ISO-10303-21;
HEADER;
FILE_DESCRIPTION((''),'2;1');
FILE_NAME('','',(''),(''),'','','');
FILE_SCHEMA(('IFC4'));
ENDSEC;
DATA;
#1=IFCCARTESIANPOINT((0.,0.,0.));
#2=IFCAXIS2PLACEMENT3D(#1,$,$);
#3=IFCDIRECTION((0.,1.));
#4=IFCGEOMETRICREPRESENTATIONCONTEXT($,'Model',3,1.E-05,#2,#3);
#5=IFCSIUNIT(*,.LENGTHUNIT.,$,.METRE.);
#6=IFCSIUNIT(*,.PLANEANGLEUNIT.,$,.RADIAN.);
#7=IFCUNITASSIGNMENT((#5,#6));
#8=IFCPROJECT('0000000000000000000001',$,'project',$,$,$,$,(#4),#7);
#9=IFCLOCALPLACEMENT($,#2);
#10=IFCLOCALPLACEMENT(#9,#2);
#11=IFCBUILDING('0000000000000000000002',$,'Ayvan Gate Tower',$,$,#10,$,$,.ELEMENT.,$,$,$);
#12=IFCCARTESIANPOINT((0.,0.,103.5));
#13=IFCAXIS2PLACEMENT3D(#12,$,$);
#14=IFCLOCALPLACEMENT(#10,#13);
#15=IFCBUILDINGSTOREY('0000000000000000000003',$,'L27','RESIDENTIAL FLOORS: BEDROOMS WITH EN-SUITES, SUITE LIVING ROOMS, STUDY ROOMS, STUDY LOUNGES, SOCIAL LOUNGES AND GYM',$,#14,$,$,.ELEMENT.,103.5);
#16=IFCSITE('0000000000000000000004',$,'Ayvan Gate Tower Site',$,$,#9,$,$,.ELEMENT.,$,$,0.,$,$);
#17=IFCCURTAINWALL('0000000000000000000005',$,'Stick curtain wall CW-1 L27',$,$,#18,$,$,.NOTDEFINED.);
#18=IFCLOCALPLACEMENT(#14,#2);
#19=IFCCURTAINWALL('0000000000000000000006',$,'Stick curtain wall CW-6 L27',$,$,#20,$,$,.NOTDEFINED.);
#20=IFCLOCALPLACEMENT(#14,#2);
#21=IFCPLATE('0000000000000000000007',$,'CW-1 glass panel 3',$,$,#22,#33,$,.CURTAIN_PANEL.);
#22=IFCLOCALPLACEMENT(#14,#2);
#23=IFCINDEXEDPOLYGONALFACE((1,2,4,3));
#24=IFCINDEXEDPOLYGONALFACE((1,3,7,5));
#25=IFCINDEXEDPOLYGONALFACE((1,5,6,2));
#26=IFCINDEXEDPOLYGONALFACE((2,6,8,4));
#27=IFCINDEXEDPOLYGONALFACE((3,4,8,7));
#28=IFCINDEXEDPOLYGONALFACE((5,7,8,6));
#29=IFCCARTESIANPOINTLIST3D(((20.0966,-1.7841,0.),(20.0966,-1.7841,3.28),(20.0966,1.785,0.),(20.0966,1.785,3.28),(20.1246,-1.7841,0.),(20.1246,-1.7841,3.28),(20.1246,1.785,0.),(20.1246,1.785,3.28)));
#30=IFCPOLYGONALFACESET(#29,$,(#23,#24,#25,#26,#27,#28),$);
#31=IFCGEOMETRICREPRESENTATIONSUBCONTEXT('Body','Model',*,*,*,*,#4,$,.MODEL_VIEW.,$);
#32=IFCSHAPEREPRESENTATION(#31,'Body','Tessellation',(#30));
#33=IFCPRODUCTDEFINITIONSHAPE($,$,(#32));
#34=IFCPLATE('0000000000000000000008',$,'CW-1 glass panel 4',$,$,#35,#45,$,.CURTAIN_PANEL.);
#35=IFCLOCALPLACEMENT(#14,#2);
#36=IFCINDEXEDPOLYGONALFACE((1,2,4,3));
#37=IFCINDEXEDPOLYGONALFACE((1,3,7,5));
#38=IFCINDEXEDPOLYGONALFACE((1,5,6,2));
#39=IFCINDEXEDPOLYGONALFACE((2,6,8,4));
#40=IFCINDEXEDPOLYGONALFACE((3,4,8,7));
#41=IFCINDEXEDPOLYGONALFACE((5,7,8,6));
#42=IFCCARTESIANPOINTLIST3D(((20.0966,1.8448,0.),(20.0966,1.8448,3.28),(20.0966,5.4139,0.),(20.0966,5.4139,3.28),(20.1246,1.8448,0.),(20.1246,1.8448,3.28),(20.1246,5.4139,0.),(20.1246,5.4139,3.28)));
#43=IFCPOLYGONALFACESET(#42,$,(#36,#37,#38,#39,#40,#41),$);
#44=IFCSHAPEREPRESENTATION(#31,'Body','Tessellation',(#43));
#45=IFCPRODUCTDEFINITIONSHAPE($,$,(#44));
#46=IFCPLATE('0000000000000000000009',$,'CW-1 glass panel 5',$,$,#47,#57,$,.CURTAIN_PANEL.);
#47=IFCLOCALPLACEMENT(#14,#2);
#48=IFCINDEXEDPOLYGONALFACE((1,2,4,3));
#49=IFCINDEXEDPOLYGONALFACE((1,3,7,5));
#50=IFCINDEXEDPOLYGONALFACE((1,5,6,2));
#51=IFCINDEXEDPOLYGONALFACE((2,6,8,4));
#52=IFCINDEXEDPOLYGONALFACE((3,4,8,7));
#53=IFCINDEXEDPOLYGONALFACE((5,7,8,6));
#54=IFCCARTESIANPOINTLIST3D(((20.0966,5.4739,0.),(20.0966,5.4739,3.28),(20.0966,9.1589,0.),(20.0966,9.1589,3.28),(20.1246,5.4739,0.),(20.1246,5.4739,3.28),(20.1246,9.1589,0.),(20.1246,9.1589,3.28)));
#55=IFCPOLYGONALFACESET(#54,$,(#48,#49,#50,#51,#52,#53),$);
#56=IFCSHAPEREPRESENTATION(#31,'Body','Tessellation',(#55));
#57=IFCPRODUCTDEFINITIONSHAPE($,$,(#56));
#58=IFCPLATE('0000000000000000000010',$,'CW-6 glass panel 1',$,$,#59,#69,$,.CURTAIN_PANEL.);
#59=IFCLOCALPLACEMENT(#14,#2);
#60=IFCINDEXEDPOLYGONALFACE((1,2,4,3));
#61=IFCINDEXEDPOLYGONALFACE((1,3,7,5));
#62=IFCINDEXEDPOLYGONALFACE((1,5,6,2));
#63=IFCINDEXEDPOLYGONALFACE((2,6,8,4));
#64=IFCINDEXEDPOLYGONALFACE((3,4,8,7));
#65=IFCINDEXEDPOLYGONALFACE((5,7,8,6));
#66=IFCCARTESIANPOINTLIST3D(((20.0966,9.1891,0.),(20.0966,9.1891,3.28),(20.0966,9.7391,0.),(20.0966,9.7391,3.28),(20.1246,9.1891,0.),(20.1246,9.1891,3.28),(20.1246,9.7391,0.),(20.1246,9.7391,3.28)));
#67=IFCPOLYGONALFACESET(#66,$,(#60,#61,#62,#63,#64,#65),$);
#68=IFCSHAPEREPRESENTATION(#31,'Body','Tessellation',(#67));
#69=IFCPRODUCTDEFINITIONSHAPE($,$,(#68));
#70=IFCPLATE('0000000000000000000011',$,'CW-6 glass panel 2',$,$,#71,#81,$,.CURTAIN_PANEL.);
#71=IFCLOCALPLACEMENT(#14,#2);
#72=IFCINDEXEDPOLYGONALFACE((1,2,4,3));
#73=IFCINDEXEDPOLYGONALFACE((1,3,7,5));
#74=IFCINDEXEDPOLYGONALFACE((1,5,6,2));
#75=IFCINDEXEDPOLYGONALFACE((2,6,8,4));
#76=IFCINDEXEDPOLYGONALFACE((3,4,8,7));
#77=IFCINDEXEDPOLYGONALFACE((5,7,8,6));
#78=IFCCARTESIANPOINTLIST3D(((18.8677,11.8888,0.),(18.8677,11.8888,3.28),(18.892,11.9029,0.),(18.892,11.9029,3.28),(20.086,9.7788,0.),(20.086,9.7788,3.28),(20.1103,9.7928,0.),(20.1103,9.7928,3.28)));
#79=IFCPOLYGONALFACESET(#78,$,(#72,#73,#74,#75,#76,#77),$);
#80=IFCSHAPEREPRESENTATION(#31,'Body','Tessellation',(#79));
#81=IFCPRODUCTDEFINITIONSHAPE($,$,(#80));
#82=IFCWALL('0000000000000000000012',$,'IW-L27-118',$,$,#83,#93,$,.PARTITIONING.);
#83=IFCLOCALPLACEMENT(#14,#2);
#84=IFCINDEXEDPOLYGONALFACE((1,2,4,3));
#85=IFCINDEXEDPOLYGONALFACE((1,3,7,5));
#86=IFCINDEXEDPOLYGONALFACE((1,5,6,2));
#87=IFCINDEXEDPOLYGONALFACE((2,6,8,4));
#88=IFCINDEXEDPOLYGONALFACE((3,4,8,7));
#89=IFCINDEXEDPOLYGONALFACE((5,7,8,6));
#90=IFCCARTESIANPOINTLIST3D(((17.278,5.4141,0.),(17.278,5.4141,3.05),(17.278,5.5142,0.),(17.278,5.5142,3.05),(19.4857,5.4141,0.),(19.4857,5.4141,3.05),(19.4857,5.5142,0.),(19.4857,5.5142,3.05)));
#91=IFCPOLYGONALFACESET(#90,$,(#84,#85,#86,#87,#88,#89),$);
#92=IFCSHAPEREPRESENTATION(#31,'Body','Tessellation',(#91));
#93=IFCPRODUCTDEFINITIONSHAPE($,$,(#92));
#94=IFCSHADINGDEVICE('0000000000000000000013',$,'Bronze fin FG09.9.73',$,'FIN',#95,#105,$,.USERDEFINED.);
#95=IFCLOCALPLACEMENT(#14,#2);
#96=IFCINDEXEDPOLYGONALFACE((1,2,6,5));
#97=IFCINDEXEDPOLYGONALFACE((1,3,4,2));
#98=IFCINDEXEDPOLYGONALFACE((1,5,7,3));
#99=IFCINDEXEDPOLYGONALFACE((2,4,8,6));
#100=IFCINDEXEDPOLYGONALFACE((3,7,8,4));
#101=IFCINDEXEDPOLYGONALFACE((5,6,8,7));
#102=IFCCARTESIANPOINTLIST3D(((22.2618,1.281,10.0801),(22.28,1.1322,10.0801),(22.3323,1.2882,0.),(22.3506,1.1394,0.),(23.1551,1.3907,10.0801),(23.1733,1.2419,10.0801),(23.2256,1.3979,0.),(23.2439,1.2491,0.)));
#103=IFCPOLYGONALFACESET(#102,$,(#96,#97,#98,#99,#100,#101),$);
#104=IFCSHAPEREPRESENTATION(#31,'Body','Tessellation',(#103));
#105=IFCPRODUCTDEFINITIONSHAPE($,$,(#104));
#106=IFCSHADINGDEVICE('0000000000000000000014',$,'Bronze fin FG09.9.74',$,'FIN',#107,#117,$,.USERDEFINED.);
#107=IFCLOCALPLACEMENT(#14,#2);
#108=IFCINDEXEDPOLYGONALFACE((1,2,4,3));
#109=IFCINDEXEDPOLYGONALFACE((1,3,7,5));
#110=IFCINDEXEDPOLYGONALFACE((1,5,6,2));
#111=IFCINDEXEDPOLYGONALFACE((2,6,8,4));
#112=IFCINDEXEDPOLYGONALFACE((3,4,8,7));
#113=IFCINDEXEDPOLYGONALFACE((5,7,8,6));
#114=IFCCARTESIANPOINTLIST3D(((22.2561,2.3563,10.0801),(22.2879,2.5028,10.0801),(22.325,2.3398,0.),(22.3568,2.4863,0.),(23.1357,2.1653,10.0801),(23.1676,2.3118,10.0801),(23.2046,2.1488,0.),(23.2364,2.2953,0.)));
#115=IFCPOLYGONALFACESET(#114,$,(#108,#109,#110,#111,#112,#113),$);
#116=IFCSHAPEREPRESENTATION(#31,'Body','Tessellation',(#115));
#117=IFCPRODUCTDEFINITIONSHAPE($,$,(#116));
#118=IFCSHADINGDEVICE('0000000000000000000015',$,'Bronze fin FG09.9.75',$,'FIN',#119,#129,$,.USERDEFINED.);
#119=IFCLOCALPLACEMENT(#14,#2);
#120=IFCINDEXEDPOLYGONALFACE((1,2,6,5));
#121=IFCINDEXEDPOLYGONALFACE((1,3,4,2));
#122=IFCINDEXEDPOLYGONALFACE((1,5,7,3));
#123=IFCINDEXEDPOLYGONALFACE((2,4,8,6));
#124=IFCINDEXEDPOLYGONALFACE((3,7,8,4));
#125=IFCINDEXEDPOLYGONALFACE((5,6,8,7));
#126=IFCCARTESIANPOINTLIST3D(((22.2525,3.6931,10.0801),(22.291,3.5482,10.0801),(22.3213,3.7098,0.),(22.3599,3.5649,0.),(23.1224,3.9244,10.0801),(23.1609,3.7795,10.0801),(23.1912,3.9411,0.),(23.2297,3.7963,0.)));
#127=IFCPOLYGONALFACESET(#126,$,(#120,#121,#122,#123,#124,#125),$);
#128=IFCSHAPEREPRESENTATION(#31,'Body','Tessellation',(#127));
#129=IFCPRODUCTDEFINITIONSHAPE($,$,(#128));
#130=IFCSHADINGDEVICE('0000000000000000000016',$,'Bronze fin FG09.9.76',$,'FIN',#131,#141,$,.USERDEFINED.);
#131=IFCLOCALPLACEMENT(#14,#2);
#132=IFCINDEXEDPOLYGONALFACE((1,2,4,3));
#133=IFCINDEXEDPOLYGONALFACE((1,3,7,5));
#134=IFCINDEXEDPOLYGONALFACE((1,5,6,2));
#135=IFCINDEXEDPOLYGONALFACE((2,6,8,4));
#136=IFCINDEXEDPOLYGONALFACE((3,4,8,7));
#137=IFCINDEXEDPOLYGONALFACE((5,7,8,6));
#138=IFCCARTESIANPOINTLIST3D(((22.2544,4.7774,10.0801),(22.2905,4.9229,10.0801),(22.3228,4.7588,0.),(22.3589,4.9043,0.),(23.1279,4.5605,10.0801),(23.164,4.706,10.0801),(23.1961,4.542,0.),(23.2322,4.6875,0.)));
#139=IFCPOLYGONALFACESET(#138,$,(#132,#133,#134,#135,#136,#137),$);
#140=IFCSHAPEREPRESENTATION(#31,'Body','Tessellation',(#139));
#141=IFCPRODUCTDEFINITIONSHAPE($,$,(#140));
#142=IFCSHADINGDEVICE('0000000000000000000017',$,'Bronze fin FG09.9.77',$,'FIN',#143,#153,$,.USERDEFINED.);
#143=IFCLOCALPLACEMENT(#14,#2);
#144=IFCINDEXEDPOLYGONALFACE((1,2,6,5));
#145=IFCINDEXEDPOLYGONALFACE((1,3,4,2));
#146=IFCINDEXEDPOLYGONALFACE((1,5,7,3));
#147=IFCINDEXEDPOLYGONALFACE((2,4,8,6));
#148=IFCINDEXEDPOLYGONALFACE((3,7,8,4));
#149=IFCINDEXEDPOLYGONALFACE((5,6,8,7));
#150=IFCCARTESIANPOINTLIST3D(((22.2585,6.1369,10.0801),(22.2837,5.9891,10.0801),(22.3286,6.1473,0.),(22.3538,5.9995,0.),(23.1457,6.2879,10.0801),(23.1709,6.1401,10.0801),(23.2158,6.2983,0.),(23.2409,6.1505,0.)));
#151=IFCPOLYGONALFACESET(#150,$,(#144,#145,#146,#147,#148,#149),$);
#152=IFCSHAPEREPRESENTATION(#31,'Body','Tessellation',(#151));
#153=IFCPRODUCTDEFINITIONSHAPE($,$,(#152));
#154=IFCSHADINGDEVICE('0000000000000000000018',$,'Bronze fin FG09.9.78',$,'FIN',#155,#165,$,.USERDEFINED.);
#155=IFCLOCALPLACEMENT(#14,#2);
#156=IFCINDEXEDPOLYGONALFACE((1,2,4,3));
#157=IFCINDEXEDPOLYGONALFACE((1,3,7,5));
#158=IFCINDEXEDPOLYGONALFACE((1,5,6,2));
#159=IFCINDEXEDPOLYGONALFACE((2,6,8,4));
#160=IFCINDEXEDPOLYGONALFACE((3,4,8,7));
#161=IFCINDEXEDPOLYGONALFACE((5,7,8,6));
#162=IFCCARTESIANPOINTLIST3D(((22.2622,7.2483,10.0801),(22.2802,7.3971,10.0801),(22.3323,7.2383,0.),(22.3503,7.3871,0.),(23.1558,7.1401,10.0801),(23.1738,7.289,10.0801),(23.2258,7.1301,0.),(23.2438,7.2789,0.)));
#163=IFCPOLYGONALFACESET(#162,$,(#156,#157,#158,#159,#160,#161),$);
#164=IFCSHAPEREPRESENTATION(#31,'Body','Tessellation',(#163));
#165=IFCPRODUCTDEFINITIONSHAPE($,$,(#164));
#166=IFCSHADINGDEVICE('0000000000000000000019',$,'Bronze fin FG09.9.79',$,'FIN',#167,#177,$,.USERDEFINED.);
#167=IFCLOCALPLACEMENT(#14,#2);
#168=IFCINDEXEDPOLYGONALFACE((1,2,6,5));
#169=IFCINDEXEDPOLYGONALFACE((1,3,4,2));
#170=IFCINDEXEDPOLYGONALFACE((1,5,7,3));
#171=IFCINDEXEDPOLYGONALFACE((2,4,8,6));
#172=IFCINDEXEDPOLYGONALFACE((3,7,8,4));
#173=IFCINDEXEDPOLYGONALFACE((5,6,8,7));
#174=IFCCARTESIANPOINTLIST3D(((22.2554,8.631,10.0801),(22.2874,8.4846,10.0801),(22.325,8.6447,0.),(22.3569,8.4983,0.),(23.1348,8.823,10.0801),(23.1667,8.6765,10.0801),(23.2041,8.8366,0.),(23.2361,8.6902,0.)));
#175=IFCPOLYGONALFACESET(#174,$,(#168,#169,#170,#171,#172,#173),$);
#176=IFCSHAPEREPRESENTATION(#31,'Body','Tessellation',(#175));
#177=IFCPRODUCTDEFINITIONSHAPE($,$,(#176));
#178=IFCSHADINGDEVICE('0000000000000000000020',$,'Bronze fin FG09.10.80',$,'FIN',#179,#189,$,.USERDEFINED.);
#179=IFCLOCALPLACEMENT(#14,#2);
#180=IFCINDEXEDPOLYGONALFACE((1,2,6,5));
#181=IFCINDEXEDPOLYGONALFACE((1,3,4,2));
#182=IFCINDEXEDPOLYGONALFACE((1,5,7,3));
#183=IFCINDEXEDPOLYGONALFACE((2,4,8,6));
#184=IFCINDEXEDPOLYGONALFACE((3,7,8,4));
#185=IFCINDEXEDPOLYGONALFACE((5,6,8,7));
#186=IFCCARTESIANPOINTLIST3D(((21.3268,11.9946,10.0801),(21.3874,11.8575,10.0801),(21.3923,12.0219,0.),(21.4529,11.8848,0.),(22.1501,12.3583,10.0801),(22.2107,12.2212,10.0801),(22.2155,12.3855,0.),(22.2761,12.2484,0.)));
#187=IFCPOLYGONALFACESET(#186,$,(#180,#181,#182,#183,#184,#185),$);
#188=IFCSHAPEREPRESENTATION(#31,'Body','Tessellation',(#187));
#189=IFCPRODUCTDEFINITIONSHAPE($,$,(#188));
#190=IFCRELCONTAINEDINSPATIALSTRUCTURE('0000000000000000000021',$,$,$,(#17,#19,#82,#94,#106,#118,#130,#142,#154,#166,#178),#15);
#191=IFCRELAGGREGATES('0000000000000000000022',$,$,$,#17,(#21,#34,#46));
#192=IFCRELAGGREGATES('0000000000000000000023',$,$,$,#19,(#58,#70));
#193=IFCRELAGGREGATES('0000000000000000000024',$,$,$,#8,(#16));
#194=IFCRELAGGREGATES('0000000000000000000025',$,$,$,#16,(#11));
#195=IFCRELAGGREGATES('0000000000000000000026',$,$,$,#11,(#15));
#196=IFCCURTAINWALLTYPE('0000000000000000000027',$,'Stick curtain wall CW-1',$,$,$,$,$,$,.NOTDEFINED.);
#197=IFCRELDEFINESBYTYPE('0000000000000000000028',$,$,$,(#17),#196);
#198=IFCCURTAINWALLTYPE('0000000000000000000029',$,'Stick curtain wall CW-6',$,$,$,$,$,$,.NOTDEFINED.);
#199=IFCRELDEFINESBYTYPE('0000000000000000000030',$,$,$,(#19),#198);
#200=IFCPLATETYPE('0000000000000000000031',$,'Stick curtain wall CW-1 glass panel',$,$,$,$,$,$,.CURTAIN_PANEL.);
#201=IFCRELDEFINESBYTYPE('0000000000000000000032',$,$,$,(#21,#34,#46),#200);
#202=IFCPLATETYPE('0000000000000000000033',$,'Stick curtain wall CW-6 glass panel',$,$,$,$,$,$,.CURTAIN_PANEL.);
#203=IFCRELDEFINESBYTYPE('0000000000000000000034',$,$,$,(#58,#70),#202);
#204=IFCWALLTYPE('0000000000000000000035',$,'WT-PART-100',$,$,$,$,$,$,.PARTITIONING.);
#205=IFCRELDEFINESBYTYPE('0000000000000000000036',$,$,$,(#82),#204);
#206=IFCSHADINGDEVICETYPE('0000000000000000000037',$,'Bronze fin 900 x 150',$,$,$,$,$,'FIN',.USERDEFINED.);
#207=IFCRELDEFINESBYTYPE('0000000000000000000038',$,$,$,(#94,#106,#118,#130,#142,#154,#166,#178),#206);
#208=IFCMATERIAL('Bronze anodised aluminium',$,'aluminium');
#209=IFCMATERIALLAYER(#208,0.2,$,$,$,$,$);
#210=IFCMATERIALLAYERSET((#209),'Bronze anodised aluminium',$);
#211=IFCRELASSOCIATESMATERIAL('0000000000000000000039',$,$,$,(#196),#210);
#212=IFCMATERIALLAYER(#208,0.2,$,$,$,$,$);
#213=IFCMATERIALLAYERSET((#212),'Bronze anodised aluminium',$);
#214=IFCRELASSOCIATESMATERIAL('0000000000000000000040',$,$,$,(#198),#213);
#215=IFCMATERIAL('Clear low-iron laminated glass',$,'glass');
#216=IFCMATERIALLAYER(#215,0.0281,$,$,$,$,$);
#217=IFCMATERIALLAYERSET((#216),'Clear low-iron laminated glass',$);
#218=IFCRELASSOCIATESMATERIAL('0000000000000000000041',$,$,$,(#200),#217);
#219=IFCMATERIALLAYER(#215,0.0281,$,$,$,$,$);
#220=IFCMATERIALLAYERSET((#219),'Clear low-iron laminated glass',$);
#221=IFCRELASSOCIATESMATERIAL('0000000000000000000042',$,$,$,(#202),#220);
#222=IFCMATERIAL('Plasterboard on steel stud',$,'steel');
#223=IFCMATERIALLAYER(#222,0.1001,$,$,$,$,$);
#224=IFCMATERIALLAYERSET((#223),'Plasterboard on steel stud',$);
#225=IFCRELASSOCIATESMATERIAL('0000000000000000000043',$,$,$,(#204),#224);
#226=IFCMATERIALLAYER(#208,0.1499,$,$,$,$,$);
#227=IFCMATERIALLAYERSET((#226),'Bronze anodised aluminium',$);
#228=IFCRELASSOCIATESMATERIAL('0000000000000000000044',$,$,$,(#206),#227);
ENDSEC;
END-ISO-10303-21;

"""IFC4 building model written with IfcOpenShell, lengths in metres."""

from ifc_helpers import new_model, si_unit, direction, frame, frame_2d, origin, origin_2d, place, context, subcontext, project, spatial, polyline, rectangle, outline, extrude, material, layer, layer_set, type_object, element, aggregate, save


model = new_model("IFC4")

# Units and contexts
model_context = context("Model", 3, precision=1e-05, world=origin(), true_north=direction((0.0, 1.0)))
body_context = subcontext(model_context, "Body", "Model", "MODEL_VIEW")
ifc_project = project(units=[si_unit("LENGTHUNIT", "METRE"), si_unit("PLANEANGLEUNIT", "RADIAN")], contexts=[model_context])

# Site, building, storey
site_placement = place(None, origin())
site = spatial("IfcSite", under=ifc_project, at=site_placement, Name="Ayvan Gate Tower Site", CompositionType="ELEMENT", RefElevation=0.0)
building_placement = place(site_placement, origin())
building = spatial("IfcBuilding", under=site, at=building_placement, Name="Ayvan Gate Tower", CompositionType="ELEMENT")
storey_placement = place(building_placement, frame((0.0, 0.0, 103.5)))
storey = spatial("IfcBuildingStorey", under=building, at=storey_placement, Name="L27", Description="RESIDENTIAL FLOORS: BEDROOMS WITH EN-SUITES, SUITE LIVING ROOMS, STUDY ROOMS, STUDY LOUNGES, SOCIAL LOUNGES AND GYM", CompositionType="ELEMENT", Elevation=103.5)

# Curtain walls
ifc_material_1 = material(Name="Bronze anodised aluminium", Category="aluminium")
ifc_layer_1 = layer(ifc_material_1, 0.2)
ifc_layer_set_1 = layer_set([ifc_layer_1], Name="Bronze anodised aluminium")
curtain_wall_type_1 = type_object("IfcCurtainWallType", Name="Stick curtain wall CW-1", PredefinedType="NOTDEFINED", material=ifc_layer_set_1)
curtain_wall_1_placement = place(storey_placement, origin())
curtain_wall_1 = element("IfcCurtainWall", 1, at=curtain_wall_1_placement, inside=storey, type_object=curtain_wall_type_1, Name="Stick curtain wall CW-1 L27", PredefinedType="NOTDEFINED")
ifc_layer_2 = layer(ifc_material_1, 0.2)
ifc_layer_set_2 = layer_set([ifc_layer_2], Name="Bronze anodised aluminium")
curtain_wall_type_2 = type_object("IfcCurtainWallType", Name="Stick curtain wall CW-6", PredefinedType="NOTDEFINED", material=ifc_layer_set_2)
curtain_wall_2_placement = place(storey_placement, origin())
curtain_wall_2 = element("IfcCurtainWall", 2, at=curtain_wall_2_placement, inside=storey, type_object=curtain_wall_type_2, Name="Stick curtain wall CW-6 L27", PredefinedType="NOTDEFINED")

# Plates
ifc_material_2 = material(Name="Clear low-iron laminated glass", Category="glass")
ifc_layer_3 = layer(ifc_material_2, 0.0281)
ifc_layer_set_3 = layer_set([ifc_layer_3], Name="Clear low-iron laminated glass")
plate_type_1 = type_object("IfcPlateType", Name="Stick curtain wall CW-1 glass panel", PredefinedType="CURTAIN_PANEL", material=ifc_layer_set_3)
plate_1_placement = place(storey_placement, frame((20.1106, 0.0005, 0.0), z_axis=(0.0, 0.0, 1.0), x_axis=(0.0, 1.0, 0.0)))
plate_1 = element("IfcPlate", 3, at=plate_1_placement, type_object=plate_type_1, Name="CW-1 glass panel 3", PredefinedType="CURTAIN_PANEL", context=body_context, shape_type="SweptSolid", body=[
    extrude(rectangle(XDim=3.5691, YDim=0.0281, at=origin_2d()), origin(), (0.0, 0.0, 1.0), 3.28),
])
plate_2_placement = place(storey_placement, frame((20.1106, 3.6294, 0.0), z_axis=(0.0, 0.0, 1.0), x_axis=(0.0, 1.0, 0.0)))
plate_2 = element("IfcPlate", 4, at=plate_2_placement, type_object=plate_type_1, Name="CW-1 glass panel 4", PredefinedType="CURTAIN_PANEL", context=body_context, shape_type="SweptSolid", body=[
    extrude(rectangle(XDim=3.5691, YDim=0.0281, at=origin_2d()), origin(), (0.0, 0.0, 1.0), 3.28),
])
plate_3_placement = place(storey_placement, frame((20.1106, 7.3164, 0.0), z_axis=(0.0, 0.0, 1.0), x_axis=(0.0, 1.0, 0.0)))
plate_3 = element("IfcPlate", 5, at=plate_3_placement, type_object=plate_type_1, Name="CW-1 glass panel 5", PredefinedType="CURTAIN_PANEL", context=body_context, shape_type="SweptSolid", body=[
    extrude(rectangle(XDim=3.6851, YDim=0.0281, at=origin_2d()), origin(), (0.0, 0.0, 1.0), 3.28),
])
aggregate(curtain_wall_1, [plate_1, plate_2, plate_3])
ifc_layer_4 = layer(ifc_material_2, 0.0281)
ifc_layer_set_4 = layer_set([ifc_layer_4], Name="Clear low-iron laminated glass")
plate_type_2 = type_object("IfcPlateType", Name="Stick curtain wall CW-6 glass panel", PredefinedType="CURTAIN_PANEL", material=ifc_layer_set_4)
plate_4_placement = place(storey_placement, frame((20.1106, 9.4641, 0.0), z_axis=(0.0, 0.0, 1.0), x_axis=(0.0, 1.0, 0.0)))
plate_4 = element("IfcPlate", 6, at=plate_4_placement, type_object=plate_type_2, Name="CW-6 glass panel 1", PredefinedType="CURTAIN_PANEL", context=body_context, shape_type="SweptSolid", body=[
    extrude(rectangle(XDim=0.55, YDim=0.0281, at=origin_2d()), origin(), (0.0, 0.0, 1.0), 3.28),
])
plate_5_placement = place(storey_placement, frame((19.489, 10.8408, 0.0), z_axis=(0.0, 0.0, 1.0), x_axis=(-0.5, 0.866025, 0.0)))
plate_5 = element("IfcPlate", 7, at=plate_5_placement, type_object=plate_type_2, Name="CW-6 glass panel 2", PredefinedType="CURTAIN_PANEL", context=body_context, shape_type="SweptSolid", body=[
    extrude(rectangle(XDim=2.4365, YDim=0.0281, at=origin_2d()), origin(), (0.0, 0.0, 1.0), 3.28),
])
aggregate(curtain_wall_2, [plate_4, plate_5])

# Wall
ifc_material_3 = material(Name="Plasterboard on steel stud", Category="steel")
ifc_layer_5 = layer(ifc_material_3, 0.1001)
ifc_layer_set_5 = layer_set([ifc_layer_5], Name="Plasterboard on steel stud")
wall_type = type_object("IfcWallType", Name="WT-PART-100", PredefinedType="PARTITIONING", material=ifc_layer_set_5)
wall_placement = place(storey_placement, frame((17.2778, 5.4641, 0.0), z_axis=(0.0, 0.0, 1.0), x_axis=(1.0, 0.0, 0.0)))
element("IfcWall", 8, at=wall_placement, inside=storey, type_object=wall_type, Name="IW-L27-118", PredefinedType="PARTITIONING", context=body_context, shape_type="SweptSolid", body=[
    extrude(rectangle(XDim=2.2078, YDim=0.1001, at=frame_2d((1.104, 0.0))), origin(), (0.0, 0.0, 1.0), 3.05),
])

# Shading devices
ifc_layer_6 = layer(ifc_material_1, 0.1499)
ifc_layer_set_6 = layer_set([ifc_layer_6], Name="Bronze anodised aluminium")
shading_device_type = type_object("IfcShadingDeviceType", Name="Bronze fin 900 x 150", ElementType="FIN", PredefinedType="USERDEFINED", material=ifc_layer_set_6)
shading_device_1_placement = place(storey_placement, frame((22.3506, 1.1394, 0.0), z_axis=(0.121931, -0.992539, 0.000144), x_axis=(0.992539, 0.121931, 0.0)))
element("IfcShadingDevice", 9, at=shading_device_1_placement, inside=storey, type_object=shading_device_type, Name="Bronze fin FG09.9.73", ObjectType="FIN", PredefinedType="USERDEFINED", context=body_context, shape_type="SweptSolid", body=[
    extrude(outline(polyline([(0.0, 0.0), (0.9, 0.0), (0.8291, 10.0801), (-0.0709, 10.0801), (0.0, 0.0)])), origin(), (0.0, 0.0, -1.0), 0.1499),
])
shading_device_2_placement = place(storey_placement, frame((22.325, 2.3398, 0.0), z_axis=(-0.212233, -0.977219, 0.000148), x_axis=(0.977219, -0.212233, 0.0)))
element("IfcShadingDevice", 10, at=shading_device_2_placement, inside=storey, type_object=shading_device_type, Name="Bronze fin FG09.9.74", ObjectType="FIN", PredefinedType="USERDEFINED", context=body_context, shape_type="SweptSolid", body=[
    extrude(outline(polyline([(0.0, 0.0), (0.9001, 0.0), (0.8294, 10.0801), (-0.0708, 10.0801), (0.0, 0.0)])), origin(), (0.0, 0.0, -1.0), 0.1499),
])
shading_device_3_placement = place(storey_placement, frame((22.3599, 3.5649, 0.0), z_axis=(0.256996, -0.966413, 0.000152), x_axis=(0.966413, 0.256996, 0.0)))
element("IfcShadingDevice", 11, at=shading_device_3_placement, inside=storey, type_object=shading_device_type, Name="Bronze fin FG09.9.75", ObjectType="FIN", PredefinedType="USERDEFINED", context=body_context, shape_type="SweptSolid", body=[
    extrude(outline(polyline([(0.0, 0.0), (0.9001, 0.0), (0.8293, 10.0801), (-0.0709, 10.0801), (0.0, 0.0)])), origin(), (0.0, 0.0, -1.0), 0.1499),
])
shading_device_4_placement = place(storey_placement, frame((22.3228, 4.7588, 0.0), z_axis=(-0.240908, -0.970548, 0.000156), x_axis=(0.970548, -0.240908, 0.0)))
element("IfcShadingDevice", 12, at=shading_device_4_placement, inside=storey, type_object=shading_device_type, Name="Bronze fin FG09.9.76", ObjectType="FIN", PredefinedType="USERDEFINED", context=body_context, shape_type="SweptSolid", body=[
    extrude(outline(polyline([(0.0, 0.0), (0.8998, 0.0), (0.8292, 10.0801), (-0.0708, 10.0801), (0.0, 0.0)])), origin(), (0.0, 0.0, -1.0), 0.1499),
])
shading_device_5_placement = place(storey_placement, frame((22.3538, 5.9995, 0.0), z_axis=(0.167785, -0.985824, 0.000152), x_axis=(0.985824, 0.167785, 0.0)))
element("IfcShadingDevice", 13, at=shading_device_5_placement, inside=storey, type_object=shading_device_type, Name="Bronze fin FG09.9.77", ObjectType="FIN", PredefinedType="USERDEFINED", context=body_context, shape_type="SweptSolid", body=[
    extrude(outline(polyline([(0.0, 0.0), (0.8999, 0.0), (0.8291, 10.0801), (-0.0708, 10.0801), (0.0, 0.0)])), origin(), (0.0, 0.0, -1.0), 0.1499),
])
shading_device_6_placement = place(storey_placement, frame((22.3323, 7.2383, 0.0), z_axis=(-0.120161, -0.992754, 0.000151), x_axis=(0.992754, -0.120161, 0.0)))
element("IfcShadingDevice", 14, at=shading_device_6_placement, inside=storey, type_object=shading_device_type, Name="Bronze fin FG09.9.78", ObjectType="FIN", PredefinedType="USERDEFINED", context=body_context, shape_type="SweptSolid", body=[
    extrude(outline(polyline([(0.0, 0.0), (0.9001, 0.0), (0.8293, 10.0801), (-0.0708, 10.0801), (0.0, 0.0)])), origin(), (0.0, 0.0, -1.0), 0.1499),
])
shading_device_7_placement = place(storey_placement, frame((22.3569, 8.4983, 0.0), z_axis=(0.213224, -0.977003, 0.000144), x_axis=(0.977003, 0.213224, 0.0)))
element("IfcShadingDevice", 15, at=shading_device_7_placement, inside=storey, type_object=shading_device_type, Name="Bronze fin FG09.9.79", ObjectType="FIN", PredefinedType="USERDEFINED", context=body_context, shape_type="SweptSolid", body=[
    extrude(outline(polyline([(0.0, 0.0), (0.8998, 0.0), (0.8292, 10.0801), (-0.0709, 10.0801), (0.0, 0.0)])), origin(), (0.0, 0.0, -1.0), 0.1499),
])
shading_device_8_placement = place(storey_placement, frame((21.4529, 11.8848, 0.0), z_axis=(0.404061, -0.914732, 0.000152), x_axis=(0.914732, 0.404061, 0.0)))
element("IfcShadingDevice", 16, at=shading_device_8_placement, inside=storey, type_object=shading_device_type, Name="Bronze fin FG09.10.80", ObjectType="FIN", PredefinedType="USERDEFINED", context=body_context, shape_type="SweptSolid", body=[
    extrude(outline(polyline([(0.0, 0.0), (0.8999, 0.0), (0.8291, 10.0801), (-0.0709, 10.0801), (0.0, 0.0)])), origin(), (0.0, 0.0, -1.0), 0.1499),
])

save(model, "model.ifc")
